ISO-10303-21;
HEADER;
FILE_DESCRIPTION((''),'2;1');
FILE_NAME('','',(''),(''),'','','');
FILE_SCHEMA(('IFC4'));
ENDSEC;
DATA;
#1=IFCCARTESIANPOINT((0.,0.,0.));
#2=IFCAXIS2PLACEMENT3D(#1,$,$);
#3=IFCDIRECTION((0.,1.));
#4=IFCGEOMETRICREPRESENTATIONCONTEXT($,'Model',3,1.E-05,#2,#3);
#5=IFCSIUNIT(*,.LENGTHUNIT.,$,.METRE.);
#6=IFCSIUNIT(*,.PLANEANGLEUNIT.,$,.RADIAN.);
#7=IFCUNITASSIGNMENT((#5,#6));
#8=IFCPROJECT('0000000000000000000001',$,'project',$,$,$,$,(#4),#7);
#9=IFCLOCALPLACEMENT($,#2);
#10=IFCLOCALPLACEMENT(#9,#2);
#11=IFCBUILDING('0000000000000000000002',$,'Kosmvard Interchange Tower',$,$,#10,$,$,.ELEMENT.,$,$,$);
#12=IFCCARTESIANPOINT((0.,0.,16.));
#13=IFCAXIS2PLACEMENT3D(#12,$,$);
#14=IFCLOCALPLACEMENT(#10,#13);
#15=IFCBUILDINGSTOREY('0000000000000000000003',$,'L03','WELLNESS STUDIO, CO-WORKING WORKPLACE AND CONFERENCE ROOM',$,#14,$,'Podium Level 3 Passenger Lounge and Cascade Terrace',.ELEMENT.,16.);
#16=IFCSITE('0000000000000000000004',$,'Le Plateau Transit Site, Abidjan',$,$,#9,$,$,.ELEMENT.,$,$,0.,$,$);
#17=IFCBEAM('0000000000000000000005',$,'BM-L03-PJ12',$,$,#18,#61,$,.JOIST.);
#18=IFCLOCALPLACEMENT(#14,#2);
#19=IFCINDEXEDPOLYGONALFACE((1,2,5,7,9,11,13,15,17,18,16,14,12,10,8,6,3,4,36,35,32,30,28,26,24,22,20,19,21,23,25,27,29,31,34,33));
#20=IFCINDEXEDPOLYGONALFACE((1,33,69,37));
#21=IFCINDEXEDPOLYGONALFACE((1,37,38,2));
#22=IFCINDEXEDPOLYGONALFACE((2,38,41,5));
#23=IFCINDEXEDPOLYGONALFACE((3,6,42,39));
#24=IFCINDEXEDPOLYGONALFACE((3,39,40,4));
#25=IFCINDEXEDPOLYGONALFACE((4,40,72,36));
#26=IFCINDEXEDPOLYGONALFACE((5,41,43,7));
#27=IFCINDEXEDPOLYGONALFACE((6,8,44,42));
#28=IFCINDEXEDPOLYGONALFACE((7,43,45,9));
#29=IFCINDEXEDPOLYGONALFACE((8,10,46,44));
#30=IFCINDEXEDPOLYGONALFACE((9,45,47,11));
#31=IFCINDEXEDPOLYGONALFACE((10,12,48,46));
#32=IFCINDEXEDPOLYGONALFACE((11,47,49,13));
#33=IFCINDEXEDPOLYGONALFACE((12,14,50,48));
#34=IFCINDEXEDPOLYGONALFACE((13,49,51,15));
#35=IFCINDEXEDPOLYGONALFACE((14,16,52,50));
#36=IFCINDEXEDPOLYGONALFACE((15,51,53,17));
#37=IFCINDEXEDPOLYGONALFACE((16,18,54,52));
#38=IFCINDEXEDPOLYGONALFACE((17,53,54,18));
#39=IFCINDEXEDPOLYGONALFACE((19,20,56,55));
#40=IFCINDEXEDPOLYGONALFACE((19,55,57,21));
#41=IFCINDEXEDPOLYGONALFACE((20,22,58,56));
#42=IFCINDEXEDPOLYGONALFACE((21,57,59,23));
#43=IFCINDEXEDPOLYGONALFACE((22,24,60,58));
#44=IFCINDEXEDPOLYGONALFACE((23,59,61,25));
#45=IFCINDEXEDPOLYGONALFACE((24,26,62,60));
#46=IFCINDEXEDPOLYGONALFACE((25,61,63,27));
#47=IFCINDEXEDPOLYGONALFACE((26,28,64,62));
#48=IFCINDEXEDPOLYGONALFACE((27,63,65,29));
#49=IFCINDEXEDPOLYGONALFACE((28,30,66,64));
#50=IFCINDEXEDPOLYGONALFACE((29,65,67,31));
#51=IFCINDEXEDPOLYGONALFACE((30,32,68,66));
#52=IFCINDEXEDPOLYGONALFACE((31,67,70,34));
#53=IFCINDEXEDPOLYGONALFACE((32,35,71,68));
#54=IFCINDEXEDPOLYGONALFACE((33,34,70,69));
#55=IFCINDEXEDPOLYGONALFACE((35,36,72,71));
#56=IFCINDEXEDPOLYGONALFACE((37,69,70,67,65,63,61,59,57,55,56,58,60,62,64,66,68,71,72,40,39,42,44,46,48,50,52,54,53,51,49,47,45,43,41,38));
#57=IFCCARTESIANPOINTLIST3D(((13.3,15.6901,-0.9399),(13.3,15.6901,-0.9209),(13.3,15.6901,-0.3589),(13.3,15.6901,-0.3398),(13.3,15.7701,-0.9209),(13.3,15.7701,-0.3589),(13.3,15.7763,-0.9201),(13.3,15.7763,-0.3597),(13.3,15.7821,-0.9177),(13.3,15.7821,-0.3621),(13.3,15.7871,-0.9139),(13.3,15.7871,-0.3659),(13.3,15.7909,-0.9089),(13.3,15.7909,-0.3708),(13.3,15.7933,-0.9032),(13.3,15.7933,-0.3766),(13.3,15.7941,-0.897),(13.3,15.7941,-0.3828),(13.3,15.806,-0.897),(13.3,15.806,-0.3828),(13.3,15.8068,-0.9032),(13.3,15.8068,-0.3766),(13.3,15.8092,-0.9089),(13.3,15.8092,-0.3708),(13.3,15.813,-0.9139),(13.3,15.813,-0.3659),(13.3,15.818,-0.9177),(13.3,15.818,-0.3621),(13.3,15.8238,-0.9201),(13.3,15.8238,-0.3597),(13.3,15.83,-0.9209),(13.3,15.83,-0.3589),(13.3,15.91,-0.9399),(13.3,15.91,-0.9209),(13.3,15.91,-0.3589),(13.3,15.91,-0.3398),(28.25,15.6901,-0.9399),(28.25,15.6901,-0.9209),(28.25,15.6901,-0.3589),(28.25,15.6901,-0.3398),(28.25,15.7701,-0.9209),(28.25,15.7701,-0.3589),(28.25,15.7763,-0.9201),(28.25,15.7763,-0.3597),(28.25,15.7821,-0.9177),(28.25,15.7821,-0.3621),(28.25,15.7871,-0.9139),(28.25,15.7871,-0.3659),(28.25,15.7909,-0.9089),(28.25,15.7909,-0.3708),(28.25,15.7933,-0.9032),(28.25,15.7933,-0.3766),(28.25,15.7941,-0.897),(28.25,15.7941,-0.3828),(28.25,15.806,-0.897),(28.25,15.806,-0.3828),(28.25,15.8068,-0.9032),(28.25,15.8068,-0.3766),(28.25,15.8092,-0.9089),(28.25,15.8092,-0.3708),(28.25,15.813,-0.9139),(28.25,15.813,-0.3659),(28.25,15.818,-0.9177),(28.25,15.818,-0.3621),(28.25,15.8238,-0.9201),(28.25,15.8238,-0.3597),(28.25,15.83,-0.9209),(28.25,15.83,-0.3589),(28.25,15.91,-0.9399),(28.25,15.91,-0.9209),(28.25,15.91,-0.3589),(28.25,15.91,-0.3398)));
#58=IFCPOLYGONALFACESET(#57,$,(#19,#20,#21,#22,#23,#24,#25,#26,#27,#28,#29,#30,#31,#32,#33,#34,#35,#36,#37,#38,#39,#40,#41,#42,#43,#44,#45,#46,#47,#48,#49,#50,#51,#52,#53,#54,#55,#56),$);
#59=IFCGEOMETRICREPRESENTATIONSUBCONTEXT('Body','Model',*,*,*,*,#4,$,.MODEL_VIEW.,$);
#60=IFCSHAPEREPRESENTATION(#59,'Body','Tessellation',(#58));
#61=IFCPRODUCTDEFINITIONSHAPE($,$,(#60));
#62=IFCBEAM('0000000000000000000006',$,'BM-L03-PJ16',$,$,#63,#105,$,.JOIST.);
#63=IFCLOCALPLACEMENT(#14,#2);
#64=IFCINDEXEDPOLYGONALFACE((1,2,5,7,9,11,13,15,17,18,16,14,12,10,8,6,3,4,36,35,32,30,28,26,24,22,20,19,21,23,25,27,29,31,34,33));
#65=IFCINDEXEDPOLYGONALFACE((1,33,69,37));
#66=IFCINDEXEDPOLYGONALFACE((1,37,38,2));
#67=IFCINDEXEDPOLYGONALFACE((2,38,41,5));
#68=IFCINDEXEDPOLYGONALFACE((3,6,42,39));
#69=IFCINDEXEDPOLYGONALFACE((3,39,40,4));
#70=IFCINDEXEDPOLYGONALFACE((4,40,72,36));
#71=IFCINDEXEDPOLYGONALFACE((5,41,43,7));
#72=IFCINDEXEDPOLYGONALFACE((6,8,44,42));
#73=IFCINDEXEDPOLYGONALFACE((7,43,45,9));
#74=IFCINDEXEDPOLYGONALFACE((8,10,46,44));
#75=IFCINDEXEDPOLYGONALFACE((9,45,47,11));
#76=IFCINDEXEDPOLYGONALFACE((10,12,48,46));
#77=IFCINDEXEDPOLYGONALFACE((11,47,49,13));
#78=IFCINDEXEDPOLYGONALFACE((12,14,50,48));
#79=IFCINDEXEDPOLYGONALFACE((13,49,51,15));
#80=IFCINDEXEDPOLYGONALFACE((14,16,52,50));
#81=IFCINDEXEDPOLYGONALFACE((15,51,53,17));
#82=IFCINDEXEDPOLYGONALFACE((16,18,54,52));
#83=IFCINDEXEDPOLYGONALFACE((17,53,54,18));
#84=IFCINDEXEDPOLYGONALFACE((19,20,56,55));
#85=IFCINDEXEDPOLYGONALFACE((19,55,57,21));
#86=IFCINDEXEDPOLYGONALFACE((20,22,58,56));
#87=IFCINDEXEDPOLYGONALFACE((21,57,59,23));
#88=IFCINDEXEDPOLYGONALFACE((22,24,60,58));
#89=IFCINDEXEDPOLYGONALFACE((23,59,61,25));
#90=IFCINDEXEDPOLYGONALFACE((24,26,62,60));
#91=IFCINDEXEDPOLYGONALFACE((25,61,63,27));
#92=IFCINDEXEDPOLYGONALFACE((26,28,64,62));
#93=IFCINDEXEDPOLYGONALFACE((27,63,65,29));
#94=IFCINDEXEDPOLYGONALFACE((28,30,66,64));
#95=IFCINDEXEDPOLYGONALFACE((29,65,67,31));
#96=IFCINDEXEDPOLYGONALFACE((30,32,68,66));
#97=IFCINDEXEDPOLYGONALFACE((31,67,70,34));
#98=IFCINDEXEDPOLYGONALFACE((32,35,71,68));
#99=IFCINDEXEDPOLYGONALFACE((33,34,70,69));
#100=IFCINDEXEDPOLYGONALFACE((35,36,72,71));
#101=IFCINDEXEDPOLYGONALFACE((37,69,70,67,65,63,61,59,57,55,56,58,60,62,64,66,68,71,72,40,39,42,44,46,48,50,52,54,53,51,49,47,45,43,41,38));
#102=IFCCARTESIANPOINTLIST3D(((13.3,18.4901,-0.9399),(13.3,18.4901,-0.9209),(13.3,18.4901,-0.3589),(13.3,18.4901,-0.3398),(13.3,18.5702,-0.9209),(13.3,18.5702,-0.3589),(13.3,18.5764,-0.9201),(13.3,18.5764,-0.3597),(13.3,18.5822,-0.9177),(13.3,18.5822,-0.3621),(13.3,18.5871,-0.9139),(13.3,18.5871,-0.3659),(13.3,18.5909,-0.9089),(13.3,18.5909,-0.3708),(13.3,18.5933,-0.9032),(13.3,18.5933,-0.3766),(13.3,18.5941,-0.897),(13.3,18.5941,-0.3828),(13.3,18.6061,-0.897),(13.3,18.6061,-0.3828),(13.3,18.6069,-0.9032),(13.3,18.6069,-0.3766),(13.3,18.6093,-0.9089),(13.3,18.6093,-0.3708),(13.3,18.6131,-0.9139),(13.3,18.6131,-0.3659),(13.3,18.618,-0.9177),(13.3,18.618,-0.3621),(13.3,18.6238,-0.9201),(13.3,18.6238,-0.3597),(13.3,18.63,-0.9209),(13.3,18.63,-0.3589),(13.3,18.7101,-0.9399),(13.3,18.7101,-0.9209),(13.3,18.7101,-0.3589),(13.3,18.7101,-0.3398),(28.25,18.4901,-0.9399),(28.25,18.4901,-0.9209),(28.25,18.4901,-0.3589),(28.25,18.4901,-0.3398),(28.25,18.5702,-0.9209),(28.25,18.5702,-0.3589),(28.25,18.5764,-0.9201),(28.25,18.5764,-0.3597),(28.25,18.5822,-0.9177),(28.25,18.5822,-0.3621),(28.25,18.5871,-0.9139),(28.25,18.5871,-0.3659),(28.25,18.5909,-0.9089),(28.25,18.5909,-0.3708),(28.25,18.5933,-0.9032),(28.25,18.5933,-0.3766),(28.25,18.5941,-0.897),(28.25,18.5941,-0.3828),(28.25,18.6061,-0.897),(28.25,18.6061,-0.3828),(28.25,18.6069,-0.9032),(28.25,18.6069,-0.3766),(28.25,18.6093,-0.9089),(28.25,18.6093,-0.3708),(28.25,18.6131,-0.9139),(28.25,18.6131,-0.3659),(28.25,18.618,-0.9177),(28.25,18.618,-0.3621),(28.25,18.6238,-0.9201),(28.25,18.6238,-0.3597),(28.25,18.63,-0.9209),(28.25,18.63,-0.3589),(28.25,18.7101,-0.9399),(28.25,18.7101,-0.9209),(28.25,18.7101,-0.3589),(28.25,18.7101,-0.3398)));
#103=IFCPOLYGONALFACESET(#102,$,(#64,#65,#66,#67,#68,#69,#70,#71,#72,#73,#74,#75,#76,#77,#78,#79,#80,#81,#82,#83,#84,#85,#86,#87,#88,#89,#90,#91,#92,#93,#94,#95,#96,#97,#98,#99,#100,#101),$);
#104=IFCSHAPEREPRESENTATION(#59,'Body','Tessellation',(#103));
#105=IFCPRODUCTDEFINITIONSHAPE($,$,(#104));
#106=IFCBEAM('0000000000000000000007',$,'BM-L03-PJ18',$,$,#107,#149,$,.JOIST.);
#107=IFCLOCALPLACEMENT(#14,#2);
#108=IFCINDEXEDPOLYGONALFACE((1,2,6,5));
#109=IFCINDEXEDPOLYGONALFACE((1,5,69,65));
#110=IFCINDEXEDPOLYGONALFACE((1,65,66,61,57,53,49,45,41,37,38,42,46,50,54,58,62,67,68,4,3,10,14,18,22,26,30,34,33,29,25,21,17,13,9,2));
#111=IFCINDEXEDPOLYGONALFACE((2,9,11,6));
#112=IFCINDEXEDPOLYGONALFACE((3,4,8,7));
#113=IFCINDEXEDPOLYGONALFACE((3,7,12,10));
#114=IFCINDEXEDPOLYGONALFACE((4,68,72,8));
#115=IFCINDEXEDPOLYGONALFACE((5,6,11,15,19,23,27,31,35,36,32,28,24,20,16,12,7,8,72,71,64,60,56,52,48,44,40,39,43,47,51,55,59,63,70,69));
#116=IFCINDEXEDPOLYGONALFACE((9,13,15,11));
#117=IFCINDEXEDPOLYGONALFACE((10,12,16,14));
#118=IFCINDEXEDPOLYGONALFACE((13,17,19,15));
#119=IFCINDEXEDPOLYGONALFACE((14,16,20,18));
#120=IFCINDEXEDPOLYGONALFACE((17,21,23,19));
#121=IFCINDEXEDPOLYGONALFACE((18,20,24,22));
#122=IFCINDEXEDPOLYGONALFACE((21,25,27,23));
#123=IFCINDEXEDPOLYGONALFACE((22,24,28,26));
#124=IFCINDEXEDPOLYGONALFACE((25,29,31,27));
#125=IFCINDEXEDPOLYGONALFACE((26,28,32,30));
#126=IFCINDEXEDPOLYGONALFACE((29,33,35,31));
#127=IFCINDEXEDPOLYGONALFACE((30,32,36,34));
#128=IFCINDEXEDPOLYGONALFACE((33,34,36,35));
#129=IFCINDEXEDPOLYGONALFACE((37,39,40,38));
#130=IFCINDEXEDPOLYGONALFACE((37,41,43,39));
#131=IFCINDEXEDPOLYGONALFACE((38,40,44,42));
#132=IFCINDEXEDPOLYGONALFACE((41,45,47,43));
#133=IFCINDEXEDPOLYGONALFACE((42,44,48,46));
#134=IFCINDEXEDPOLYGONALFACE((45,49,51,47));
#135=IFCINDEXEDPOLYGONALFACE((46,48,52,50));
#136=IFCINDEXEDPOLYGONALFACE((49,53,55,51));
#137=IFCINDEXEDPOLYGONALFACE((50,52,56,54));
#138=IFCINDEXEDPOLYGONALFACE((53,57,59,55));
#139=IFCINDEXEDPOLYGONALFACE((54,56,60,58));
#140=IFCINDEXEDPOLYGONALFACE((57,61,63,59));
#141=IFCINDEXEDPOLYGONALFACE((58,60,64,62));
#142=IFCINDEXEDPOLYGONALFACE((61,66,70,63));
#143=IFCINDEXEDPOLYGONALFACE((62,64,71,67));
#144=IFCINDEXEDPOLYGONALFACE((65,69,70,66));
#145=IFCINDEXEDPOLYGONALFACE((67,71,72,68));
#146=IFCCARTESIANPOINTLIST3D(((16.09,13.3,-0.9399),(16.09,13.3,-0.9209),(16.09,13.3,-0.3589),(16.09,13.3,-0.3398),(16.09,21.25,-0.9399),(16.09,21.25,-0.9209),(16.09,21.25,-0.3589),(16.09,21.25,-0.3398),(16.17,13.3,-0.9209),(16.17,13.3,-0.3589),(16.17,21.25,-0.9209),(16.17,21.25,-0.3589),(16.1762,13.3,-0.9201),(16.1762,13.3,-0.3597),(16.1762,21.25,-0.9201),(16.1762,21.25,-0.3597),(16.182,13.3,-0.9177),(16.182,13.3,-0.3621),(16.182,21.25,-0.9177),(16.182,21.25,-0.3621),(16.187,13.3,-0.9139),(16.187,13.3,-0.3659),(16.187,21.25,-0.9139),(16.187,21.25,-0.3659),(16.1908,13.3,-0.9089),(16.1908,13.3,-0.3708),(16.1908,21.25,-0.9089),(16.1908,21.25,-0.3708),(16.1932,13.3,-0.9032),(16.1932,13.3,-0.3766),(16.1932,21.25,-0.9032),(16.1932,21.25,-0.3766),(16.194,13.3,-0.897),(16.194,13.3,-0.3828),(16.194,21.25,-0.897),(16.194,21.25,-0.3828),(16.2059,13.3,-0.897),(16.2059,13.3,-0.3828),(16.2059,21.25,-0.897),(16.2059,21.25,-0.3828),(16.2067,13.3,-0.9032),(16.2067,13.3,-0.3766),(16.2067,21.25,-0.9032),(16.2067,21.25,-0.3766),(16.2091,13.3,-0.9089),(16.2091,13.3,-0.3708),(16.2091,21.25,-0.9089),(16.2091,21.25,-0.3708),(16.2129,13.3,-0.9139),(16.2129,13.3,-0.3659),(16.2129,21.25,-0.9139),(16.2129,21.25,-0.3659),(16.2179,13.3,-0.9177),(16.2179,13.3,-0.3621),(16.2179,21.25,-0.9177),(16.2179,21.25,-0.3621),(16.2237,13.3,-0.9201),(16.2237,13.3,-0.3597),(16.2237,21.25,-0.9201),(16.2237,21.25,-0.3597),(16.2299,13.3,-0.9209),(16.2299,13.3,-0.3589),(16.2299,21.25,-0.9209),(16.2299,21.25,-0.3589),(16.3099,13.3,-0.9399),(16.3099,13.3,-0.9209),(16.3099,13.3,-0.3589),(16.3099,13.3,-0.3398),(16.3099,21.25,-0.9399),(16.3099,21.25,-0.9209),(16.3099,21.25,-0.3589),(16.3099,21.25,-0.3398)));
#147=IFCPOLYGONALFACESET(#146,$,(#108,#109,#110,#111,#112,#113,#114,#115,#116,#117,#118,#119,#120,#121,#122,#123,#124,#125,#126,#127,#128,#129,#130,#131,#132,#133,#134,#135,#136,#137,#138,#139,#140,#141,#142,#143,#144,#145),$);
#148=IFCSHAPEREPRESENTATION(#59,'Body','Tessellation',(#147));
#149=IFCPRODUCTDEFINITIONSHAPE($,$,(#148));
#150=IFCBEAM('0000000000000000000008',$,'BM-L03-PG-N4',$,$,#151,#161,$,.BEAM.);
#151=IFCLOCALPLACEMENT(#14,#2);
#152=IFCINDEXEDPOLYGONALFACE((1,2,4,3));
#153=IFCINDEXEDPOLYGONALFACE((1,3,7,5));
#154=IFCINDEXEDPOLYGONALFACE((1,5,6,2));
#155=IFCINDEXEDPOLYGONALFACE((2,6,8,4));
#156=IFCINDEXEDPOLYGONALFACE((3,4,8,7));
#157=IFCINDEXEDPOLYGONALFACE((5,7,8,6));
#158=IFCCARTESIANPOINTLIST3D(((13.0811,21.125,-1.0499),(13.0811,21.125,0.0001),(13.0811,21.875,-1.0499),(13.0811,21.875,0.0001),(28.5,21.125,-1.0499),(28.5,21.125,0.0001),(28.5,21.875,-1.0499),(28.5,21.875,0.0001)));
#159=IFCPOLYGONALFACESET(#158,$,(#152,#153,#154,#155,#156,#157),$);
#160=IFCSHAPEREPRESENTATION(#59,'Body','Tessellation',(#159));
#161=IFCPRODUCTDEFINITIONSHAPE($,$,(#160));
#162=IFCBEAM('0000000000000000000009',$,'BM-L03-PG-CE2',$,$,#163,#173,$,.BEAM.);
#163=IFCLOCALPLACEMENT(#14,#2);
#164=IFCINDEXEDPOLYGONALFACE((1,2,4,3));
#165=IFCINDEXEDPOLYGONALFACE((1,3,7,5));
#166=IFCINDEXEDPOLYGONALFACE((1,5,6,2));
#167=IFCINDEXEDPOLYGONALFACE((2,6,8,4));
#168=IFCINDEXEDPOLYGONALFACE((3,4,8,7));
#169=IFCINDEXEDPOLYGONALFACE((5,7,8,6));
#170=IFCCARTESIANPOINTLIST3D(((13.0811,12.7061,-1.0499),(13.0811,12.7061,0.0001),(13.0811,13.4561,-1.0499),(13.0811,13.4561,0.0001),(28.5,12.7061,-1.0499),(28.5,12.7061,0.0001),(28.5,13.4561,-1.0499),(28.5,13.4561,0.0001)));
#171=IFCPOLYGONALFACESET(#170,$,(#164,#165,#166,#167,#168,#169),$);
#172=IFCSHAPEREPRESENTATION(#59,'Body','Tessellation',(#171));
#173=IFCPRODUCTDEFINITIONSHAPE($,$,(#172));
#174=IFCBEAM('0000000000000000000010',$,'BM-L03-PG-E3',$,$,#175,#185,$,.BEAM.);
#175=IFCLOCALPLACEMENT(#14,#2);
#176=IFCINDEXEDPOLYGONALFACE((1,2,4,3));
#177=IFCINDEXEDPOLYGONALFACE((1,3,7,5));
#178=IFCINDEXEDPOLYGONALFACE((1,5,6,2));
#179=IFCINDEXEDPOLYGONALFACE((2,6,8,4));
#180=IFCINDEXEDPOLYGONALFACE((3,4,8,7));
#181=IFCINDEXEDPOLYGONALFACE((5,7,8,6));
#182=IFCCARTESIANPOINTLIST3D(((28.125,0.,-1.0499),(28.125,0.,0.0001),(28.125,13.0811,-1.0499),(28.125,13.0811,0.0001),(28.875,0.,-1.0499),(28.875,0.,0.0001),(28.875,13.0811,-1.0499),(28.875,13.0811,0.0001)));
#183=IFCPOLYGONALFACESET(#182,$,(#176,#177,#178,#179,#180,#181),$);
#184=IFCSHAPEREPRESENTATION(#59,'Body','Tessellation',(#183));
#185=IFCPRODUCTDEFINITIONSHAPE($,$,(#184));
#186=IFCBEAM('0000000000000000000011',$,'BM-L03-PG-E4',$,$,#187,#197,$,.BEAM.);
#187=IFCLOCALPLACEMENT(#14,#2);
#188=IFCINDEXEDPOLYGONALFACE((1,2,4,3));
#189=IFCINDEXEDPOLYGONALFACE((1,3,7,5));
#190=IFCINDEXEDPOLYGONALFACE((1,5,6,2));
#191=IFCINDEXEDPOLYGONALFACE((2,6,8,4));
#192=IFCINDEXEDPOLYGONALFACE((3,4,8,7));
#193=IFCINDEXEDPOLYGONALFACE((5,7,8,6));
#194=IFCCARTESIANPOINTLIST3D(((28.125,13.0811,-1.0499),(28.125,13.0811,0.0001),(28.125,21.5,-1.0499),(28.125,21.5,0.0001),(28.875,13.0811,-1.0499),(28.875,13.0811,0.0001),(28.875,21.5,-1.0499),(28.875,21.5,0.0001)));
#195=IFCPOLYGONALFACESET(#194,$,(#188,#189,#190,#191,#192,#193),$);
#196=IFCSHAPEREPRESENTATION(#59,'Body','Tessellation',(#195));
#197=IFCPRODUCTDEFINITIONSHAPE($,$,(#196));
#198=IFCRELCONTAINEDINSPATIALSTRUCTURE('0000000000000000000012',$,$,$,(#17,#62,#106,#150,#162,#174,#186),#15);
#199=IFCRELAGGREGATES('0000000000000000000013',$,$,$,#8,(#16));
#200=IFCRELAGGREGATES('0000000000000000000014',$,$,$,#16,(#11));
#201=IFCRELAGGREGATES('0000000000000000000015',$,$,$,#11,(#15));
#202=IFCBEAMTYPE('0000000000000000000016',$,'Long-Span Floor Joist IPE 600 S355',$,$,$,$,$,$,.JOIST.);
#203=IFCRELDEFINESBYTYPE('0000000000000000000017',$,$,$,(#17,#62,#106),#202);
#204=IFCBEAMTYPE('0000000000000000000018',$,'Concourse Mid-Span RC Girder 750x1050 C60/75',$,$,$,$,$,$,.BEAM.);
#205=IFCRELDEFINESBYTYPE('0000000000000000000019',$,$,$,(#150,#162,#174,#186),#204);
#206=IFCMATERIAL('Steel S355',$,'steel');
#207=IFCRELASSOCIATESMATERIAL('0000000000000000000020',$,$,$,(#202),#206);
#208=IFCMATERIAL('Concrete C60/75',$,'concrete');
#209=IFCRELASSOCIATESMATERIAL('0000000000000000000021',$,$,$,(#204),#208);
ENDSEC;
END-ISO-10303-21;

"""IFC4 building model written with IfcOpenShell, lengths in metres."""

from ifc_helpers import new_model, si_unit, direction, frame, origin, origin_2d, place, context, subcontext, project, spatial, rectangle, i_section, extrude, source, transform, mapped, material, material_profile, profile_set, type_object, element, save


model = new_model("IFC4")

# Units and contexts
model_context = context("Model", 3, precision=1e-05, world=origin(), true_north=direction((0.0, 1.0)))
body_context = subcontext(model_context, "Body", "Model", "MODEL_VIEW")
ifc_project = project(units=[si_unit("LENGTHUNIT", "METRE"), si_unit("PLANEANGLEUNIT", "RADIAN")], contexts=[model_context])

# Site, building, storey
site_placement = place(None, origin())
site = spatial("IfcSite", under=ifc_project, at=site_placement, Name="Le Plateau Transit Site, Abidjan", CompositionType="ELEMENT", RefElevation=0.0)
building_placement = place(site_placement, origin())
building = spatial("IfcBuilding", under=site, at=building_placement, Name="Kosmvard Interchange Tower", CompositionType="ELEMENT")
storey_placement = place(building_placement, frame((0.0, 0.0, 16.0)))
storey = spatial("IfcBuildingStorey", under=building, at=storey_placement, Name="L03", Description="WELLNESS STUDIO, CO-WORKING WORKPLACE AND CONFERENCE ROOM", LongName="Podium Level 3 Passenger Lounge and Cascade Terrace", CompositionType="ELEMENT", Elevation=16.0)

# Shared definitions
ifc_material_1 = material(Name="Concrete C60/75", Category="concrete")

# Beams
ifc_material_2 = material(Name="Steel S355", Category="steel")
ifc_material_profile_1 = material_profile(ifc_material_2, i_section(OverallWidth=0.22, OverallDepth=0.6001, WebThickness=0.012, FlangeThickness=0.019, FilletRadius=0.0239, at=origin_2d()), Name="IPE 600")
ifc_profile_set_1 = profile_set([ifc_material_profile_1], Name="Steel S355")
beam_type_1 = type_object("IfcBeamType", Name="Long-Span Floor Joist IPE 600 S355", PredefinedType="JOIST", material=ifc_profile_set_1)
shared_shape_1 = source(origin(), body_context, "Body", "SweptSolid", [
    extrude(i_section(OverallWidth=0.22, OverallDepth=0.6001, WebThickness=0.012, FlangeThickness=0.019, FilletRadius=0.0239, at=origin_2d()), origin(), (0.0, 0.0, 1.0), 14.95),
])
for number, where, z_axis, x_axis, name in (
    (1, (13.3, 15.8, -0.6399), (1.0, 0.0, 0.0), (0.0, 1.0, 0.0), "BM-L03-PJ12"),
    (2, (13.3, 18.6001, -0.6399), (1.0, 0.0, 0.0), (0.0, 1.0, 0.0), "BM-L03-PJ16"),
):
    element("IfcBeam", number, at=place(storey_placement, frame(where, z_axis=z_axis, x_axis=x_axis)), inside=storey, type_object=beam_type_1, Name=name, PredefinedType="JOIST", context=body_context, shape_type="MappedRepresentation", body=[
        mapped(shared_shape_1, transform((0.0, 0.0, 0.0), scale=1.0)),
    ])
shared_shape_2 = source(origin(), body_context, "Body", "SweptSolid", [
    extrude(i_section(OverallWidth=0.22, OverallDepth=0.6001, WebThickness=0.012, FlangeThickness=0.019, FilletRadius=0.0239, at=origin_2d()), origin(), (0.0, 0.0, 1.0), 7.95),
])
beam_1_placement = place(storey_placement, frame((16.2, 13.3, -0.6399), z_axis=(0.0, 1.0, 0.0), x_axis=(-1.0, 0.0, 0.0)))
element("IfcBeam", 3, at=beam_1_placement, inside=storey, type_object=beam_type_1, Name="BM-L03-PJ18", PredefinedType="JOIST", context=body_context, shape_type="MappedRepresentation", body=[
    mapped(shared_shape_2, transform((0.0, 0.0, 0.0), scale=1.0)),
])
ifc_material_profile_2 = material_profile(ifc_material_1, rectangle(XDim=0.75, YDim=1.05, at=origin_2d()), Name="RCG 750x1050")
ifc_profile_set_2 = profile_set([ifc_material_profile_2], Name="Concrete C60/75")
beam_type_2 = type_object("IfcBeamType", Name="Concourse Mid-Span RC Girder 750x1050 C60/75", PredefinedType="BEAM", material=ifc_profile_set_2)
shared_shape_3 = source(origin(), body_context, "Body", "SweptSolid", [
    extrude(rectangle(XDim=0.75, YDim=1.05, at=origin_2d()), origin(), (0.0, 0.0, 1.0), 15.4189),
])
for number, where, z_axis, x_axis, name in (
    (4, (13.0811, 21.5, -0.5249), (1.0, 0.0, 0.0), (0.0, 1.0, 0.0), "BM-L03-PG-N4"),
    (5, (28.5, 13.0811, -0.5249), (-1.0, 0.0, 0.0), (0.0, -1.0, 0.0), "BM-L03-PG-CE2"),
):
    element("IfcBeam", number, at=place(storey_placement, frame(where, z_axis=z_axis, x_axis=x_axis)), inside=storey, type_object=beam_type_2, Name=name, PredefinedType="BEAM", context=body_context, shape_type="MappedRepresentation", body=[
        mapped(shared_shape_3, transform((0.0, 0.0, 0.0), scale=1.0)),
    ])
shared_shape_4 = source(origin(), body_context, "Body", "SweptSolid", [
    extrude(rectangle(XDim=0.75, YDim=1.05, at=origin_2d()), origin(), (0.0, 0.0, 1.0), 13.0811),
])
beam_2_placement = place(storey_placement, frame((28.5, 0.0, -0.5249), z_axis=(0.0, 1.0, 0.0), x_axis=(-1.0, 0.0, 0.0)))
element("IfcBeam", 6, at=beam_2_placement, inside=storey, type_object=beam_type_2, Name="BM-L03-PG-E3", PredefinedType="BEAM", context=body_context, shape_type="MappedRepresentation", body=[
    mapped(shared_shape_4, transform((0.0, 0.0, 0.0), scale=1.0)),
])
shared_shape_5 = source(origin(), body_context, "Body", "SweptSolid", [
    extrude(rectangle(XDim=0.75, YDim=1.05, at=origin_2d()), origin(), (0.0, 0.0, 1.0), 8.4189),
])
for number, where, z_axis, x_axis, name in (
    (7, (28.5, 13.0811, -0.5249), (0.0, 1.0, 0.0), (-1.0, 0.0, 0.0), "BM-L03-PG-E4"),
):
    element("IfcBeam", number, at=place(storey_placement, frame(where, z_axis=z_axis, x_axis=x_axis)), inside=storey, type_object=beam_type_2, Name=name, PredefinedType="BEAM", context=body_context, shape_type="MappedRepresentation", body=[
        mapped(shared_shape_5, transform((0.0, 0.0, 0.0), scale=1.0)),
    ])

save(model, "model.ifc")
